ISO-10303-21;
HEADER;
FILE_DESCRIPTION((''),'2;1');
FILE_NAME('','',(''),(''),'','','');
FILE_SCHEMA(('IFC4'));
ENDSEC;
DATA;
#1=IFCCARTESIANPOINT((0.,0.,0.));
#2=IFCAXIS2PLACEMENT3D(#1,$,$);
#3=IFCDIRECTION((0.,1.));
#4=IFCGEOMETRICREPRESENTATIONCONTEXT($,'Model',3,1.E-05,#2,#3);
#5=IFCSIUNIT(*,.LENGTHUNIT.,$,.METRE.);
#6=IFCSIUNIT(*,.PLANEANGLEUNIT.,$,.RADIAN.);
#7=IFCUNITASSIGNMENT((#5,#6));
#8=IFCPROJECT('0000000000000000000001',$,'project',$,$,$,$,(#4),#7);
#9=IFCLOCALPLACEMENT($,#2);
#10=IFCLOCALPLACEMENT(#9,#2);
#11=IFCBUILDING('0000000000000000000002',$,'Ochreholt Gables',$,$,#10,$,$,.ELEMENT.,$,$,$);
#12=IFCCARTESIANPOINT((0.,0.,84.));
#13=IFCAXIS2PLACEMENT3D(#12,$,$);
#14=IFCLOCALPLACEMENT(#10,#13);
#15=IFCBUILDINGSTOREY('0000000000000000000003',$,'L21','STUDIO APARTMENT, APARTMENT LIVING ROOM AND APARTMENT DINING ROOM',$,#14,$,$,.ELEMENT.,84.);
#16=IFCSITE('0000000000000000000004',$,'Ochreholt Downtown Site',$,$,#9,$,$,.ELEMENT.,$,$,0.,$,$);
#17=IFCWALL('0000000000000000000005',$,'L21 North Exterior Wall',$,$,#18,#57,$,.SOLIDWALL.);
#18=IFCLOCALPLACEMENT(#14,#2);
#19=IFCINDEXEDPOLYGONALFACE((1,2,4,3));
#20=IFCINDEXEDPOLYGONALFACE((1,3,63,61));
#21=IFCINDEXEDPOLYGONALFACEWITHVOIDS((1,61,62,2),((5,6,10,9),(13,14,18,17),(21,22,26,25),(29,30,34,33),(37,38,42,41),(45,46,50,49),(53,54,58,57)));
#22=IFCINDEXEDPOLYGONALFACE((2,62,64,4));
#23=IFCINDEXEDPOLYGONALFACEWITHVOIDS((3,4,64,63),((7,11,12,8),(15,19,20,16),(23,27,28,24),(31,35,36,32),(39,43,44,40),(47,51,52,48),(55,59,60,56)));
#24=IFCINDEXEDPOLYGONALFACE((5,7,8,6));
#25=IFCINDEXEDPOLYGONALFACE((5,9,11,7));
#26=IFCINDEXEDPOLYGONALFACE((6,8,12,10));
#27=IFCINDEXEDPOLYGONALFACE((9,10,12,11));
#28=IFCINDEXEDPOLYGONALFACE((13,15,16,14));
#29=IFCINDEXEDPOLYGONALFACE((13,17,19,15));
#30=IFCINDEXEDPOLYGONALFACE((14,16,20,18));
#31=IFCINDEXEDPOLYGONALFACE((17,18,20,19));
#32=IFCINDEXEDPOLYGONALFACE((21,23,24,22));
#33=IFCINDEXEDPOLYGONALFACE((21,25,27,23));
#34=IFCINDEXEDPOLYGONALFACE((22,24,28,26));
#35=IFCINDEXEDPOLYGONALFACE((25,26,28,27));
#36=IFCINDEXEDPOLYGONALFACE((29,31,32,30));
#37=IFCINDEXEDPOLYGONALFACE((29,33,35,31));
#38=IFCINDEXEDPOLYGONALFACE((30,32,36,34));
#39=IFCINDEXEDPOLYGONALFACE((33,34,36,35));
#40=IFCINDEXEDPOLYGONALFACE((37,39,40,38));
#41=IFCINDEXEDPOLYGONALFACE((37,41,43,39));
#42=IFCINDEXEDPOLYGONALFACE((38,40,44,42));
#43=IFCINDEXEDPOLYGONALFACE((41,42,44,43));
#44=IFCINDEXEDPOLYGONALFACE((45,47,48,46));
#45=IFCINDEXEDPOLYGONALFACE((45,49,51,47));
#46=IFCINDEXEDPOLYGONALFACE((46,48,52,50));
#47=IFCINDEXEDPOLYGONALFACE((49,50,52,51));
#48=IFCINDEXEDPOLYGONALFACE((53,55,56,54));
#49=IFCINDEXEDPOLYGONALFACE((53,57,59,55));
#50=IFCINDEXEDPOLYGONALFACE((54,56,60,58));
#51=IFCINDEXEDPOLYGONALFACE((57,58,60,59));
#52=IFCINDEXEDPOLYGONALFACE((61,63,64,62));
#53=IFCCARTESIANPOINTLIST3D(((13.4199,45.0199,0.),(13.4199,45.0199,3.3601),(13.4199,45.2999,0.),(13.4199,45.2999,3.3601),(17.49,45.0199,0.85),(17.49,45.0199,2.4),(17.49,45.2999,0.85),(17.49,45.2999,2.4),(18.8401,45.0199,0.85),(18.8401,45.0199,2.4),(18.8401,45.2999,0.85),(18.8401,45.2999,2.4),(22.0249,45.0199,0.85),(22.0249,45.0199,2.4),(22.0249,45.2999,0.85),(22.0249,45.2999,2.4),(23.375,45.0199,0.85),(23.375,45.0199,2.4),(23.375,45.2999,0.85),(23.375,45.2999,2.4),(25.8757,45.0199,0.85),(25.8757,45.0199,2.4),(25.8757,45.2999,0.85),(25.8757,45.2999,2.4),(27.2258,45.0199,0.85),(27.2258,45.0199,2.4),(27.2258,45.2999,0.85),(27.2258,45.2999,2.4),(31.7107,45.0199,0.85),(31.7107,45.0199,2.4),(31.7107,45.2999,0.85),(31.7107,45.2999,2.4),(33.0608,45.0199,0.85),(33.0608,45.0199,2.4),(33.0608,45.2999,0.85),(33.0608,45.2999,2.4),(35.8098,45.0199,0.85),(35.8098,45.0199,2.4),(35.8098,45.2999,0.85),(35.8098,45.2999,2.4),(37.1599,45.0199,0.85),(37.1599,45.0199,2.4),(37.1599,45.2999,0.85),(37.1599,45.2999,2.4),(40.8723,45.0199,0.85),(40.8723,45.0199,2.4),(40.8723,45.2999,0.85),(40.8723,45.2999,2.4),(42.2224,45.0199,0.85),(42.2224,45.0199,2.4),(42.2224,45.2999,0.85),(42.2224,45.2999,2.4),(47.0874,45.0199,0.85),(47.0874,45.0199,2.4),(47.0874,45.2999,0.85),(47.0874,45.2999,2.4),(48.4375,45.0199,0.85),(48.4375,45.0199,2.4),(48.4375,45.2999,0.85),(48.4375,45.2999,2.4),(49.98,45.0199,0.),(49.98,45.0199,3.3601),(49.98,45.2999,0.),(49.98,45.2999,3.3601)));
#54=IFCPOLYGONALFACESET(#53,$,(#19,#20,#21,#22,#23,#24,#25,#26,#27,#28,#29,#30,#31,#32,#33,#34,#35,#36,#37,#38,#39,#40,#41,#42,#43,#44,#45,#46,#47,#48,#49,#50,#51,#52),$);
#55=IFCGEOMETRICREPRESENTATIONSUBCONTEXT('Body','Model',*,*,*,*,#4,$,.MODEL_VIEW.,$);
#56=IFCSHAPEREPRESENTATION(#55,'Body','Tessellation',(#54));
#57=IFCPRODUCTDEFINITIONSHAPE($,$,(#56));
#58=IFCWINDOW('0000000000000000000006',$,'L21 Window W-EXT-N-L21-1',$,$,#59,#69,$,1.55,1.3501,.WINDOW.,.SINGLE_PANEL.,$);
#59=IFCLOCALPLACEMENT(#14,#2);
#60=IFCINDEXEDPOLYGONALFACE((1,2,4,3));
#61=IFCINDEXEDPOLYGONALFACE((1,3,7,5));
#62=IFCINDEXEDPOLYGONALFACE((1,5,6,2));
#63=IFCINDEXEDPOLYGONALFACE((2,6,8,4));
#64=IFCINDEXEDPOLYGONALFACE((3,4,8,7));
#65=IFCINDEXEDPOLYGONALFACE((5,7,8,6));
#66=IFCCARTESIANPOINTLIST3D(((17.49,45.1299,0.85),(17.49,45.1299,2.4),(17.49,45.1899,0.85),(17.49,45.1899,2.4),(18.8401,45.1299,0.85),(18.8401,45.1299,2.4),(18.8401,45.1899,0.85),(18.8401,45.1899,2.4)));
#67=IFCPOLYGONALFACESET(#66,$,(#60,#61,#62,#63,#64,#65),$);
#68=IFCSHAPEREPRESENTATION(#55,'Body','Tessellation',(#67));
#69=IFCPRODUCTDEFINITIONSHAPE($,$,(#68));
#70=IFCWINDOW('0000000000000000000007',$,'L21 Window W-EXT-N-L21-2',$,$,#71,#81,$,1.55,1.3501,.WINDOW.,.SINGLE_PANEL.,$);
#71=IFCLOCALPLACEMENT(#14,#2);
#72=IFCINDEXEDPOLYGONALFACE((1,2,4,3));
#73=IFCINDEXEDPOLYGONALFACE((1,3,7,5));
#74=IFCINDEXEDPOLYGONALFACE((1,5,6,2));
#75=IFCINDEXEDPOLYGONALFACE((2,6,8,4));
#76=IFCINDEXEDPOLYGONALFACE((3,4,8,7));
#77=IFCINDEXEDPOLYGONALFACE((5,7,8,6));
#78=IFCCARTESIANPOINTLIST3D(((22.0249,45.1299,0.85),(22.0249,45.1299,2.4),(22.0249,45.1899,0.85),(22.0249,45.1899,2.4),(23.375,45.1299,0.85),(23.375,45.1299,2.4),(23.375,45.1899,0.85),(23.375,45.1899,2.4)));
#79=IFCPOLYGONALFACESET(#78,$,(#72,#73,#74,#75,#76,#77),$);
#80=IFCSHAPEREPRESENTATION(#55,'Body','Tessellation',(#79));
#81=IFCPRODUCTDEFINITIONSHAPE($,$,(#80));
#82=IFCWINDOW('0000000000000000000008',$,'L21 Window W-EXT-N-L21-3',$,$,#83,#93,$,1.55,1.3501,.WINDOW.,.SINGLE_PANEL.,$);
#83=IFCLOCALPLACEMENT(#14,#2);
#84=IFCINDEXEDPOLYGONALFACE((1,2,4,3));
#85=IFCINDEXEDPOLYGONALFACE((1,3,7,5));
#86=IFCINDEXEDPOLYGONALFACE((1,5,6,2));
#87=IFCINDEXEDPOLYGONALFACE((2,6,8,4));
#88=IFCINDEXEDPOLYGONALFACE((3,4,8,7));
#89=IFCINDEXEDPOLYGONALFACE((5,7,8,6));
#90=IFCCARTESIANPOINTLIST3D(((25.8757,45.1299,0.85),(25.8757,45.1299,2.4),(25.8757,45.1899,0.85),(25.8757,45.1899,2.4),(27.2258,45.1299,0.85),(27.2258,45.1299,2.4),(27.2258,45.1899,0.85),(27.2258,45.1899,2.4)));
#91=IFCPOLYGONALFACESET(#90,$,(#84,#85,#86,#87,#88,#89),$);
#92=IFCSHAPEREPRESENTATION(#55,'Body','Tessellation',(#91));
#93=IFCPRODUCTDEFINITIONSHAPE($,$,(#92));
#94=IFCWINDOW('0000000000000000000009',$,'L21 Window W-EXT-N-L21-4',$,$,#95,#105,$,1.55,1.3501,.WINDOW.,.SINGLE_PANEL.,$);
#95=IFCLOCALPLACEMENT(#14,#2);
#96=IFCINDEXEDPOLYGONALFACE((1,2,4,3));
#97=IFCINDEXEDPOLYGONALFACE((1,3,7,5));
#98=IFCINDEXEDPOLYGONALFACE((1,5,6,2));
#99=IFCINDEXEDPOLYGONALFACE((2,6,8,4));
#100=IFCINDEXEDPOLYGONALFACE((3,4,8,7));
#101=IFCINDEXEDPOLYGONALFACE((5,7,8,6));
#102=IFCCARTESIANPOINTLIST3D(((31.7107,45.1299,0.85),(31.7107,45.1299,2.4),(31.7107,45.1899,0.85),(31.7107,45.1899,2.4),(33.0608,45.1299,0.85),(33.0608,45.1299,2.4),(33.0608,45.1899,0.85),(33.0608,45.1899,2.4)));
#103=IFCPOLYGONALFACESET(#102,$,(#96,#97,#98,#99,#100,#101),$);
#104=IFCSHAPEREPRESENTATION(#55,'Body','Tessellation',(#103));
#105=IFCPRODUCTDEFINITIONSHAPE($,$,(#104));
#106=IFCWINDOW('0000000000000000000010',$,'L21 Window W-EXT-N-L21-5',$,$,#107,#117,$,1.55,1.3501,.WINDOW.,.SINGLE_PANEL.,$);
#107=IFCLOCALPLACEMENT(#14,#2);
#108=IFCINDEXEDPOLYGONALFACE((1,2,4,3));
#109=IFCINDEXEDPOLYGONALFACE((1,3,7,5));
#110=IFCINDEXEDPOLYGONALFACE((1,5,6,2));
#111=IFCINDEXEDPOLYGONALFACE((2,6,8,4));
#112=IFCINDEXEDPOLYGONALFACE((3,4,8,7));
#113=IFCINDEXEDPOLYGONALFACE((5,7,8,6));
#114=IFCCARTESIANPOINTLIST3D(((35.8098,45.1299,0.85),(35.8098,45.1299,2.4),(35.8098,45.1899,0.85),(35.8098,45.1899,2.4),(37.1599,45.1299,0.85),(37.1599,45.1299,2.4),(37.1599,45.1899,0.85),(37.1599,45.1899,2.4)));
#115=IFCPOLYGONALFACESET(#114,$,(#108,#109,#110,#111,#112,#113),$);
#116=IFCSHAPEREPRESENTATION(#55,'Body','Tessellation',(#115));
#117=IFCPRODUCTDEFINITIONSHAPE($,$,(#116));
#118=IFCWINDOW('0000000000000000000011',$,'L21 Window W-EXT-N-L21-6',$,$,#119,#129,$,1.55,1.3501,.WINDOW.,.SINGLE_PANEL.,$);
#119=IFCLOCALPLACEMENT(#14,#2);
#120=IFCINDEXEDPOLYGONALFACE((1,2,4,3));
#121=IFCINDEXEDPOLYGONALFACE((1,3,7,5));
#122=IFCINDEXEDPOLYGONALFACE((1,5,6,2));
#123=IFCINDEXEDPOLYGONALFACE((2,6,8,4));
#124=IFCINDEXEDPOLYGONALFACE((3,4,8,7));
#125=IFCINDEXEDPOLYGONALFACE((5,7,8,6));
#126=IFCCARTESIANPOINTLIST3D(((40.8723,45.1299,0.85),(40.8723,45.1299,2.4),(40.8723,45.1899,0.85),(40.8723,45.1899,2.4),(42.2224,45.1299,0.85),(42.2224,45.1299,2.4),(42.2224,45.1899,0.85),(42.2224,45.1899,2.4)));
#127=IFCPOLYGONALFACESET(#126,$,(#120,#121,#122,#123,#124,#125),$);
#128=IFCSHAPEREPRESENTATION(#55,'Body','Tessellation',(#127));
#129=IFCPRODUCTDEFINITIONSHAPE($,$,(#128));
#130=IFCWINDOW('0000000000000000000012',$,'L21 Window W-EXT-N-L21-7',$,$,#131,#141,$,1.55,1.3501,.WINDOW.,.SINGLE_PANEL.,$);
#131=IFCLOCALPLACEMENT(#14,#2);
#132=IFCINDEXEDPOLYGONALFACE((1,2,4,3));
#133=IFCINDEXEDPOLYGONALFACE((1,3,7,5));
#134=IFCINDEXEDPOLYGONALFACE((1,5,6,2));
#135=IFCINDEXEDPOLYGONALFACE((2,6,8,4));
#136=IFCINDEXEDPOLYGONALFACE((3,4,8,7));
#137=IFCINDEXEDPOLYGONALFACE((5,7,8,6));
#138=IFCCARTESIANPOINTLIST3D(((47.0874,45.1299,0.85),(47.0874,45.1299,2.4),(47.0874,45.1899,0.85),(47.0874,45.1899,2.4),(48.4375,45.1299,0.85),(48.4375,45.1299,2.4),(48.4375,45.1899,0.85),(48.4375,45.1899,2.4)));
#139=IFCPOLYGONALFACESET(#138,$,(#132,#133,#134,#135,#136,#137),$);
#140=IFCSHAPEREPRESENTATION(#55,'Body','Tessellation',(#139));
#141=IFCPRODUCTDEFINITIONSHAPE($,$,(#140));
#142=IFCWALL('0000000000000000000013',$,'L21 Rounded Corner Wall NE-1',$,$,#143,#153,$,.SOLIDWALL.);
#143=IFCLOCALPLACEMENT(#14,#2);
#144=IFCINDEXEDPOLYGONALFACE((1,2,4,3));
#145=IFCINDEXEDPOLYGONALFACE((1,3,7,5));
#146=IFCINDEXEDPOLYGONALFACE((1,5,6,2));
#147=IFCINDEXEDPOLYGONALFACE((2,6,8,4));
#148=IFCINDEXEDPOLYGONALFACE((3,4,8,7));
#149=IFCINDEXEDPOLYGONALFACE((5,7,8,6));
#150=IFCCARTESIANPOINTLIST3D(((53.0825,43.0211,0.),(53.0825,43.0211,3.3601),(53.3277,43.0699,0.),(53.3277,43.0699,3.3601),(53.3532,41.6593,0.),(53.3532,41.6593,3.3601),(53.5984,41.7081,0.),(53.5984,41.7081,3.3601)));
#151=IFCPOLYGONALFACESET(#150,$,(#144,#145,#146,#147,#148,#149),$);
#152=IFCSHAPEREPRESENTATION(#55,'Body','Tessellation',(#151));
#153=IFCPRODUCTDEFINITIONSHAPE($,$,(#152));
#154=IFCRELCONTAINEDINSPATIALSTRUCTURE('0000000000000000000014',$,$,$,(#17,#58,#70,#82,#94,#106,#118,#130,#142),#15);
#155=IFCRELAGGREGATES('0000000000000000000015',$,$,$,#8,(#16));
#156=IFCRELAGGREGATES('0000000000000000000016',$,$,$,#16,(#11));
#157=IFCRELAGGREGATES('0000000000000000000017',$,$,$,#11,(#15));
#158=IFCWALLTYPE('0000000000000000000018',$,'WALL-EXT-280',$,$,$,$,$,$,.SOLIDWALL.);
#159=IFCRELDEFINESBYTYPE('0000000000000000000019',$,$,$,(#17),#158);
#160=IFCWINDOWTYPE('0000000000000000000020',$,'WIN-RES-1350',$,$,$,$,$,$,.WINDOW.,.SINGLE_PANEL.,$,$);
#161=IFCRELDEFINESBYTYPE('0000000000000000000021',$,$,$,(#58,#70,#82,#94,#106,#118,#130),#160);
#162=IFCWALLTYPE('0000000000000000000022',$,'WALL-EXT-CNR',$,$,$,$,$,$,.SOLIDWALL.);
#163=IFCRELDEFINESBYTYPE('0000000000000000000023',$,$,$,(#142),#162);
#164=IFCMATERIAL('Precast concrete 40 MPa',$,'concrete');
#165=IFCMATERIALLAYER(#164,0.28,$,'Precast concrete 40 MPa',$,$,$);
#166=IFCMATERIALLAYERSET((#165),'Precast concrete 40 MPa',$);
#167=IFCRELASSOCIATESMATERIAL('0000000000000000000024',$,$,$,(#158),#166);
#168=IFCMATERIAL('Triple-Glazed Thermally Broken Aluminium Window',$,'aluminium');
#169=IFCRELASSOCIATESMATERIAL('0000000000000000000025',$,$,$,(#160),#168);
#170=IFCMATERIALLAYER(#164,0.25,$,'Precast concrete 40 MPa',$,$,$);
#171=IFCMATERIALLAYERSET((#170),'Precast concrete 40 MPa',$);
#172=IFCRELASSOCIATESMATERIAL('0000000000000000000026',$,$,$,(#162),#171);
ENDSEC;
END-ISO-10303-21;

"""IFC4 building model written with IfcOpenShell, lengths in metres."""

from ifc_helpers import new_model, si_unit, direction, frame, frame_2d, origin, place, context, subcontext, project, spatial, rectangle, extrude, material, layer, layer_set, type_object, element, fill, save


model = new_model("IFC4")

# Units and contexts
model_context = context("Model", 3, precision=1e-05, world=origin(), true_north=direction((0.0, 1.0)))
body_context = subcontext(model_context, "Body", "Model", "MODEL_VIEW")
ifc_project = project(units=[si_unit("LENGTHUNIT", "METRE"), si_unit("PLANEANGLEUNIT", "RADIAN")], contexts=[model_context])

# Site, building, storey
site_placement = place(None, origin())
site = spatial("IfcSite", under=ifc_project, at=site_placement, Name="Ochreholt Downtown Site", CompositionType="ELEMENT", RefElevation=0.0)
building_placement = place(site_placement, origin())
building = spatial("IfcBuilding", under=site, at=building_placement, Name="Ochreholt Gables", CompositionType="ELEMENT")
storey_placement = place(building_placement, frame((0.0, 0.0, 84.0)))
storey = spatial("IfcBuildingStorey", under=building, at=storey_placement, Name="L21", Description="STUDIO APARTMENT, APARTMENT LIVING ROOM AND APARTMENT DINING ROOM", CompositionType="ELEMENT", Elevation=84.0)

# Wall, openings, windows
ifc_material_1 = material(Name="Precast concrete 40 MPa", Category="concrete")
ifc_layer_1 = layer(ifc_material_1, 0.28, Name="Precast concrete 40 MPa")
ifc_layer_set_1 = layer_set([ifc_layer_1], Name="Precast concrete 40 MPa")
wall_type_1 = type_object("IfcWallType", Name="WALL-EXT-280", PredefinedType="SOLIDWALL", material=ifc_layer_set_1)
wall_1_placement = place(storey_placement, frame((49.98, 45.1599, 0.0), z_axis=(0.0, 0.0, 1.0), x_axis=(-1.0, 0.0, 0.0)))
wall_1 = element("IfcWall", 1, at=wall_1_placement, inside=storey, type_object=wall_type_1, Name="L21 North Exterior Wall", PredefinedType="SOLIDWALL", context=body_context, shape_type="SweptSolid", body=[
    extrude(rectangle(XDim=36.5601, YDim=0.28, at=frame_2d((18.28, 0.0))), origin(), (0.0, 0.0, 1.0), 3.3601),
])
opening_1_placement = place(wall_1_placement, frame((31.1399, 0.0, 0.8501)))
opening_1 = element("IfcOpeningElement", 2, at=opening_1_placement, cuts=wall_1, PredefinedType="OPENING", context=body_context, shape_type="SweptSolid", body=[
    extrude(rectangle(XDim=1.3501, YDim=1.55, at=frame_2d((0.675, 0.7749))), frame((0.0, 0.1499, 0.0), z_axis=(0.0, -1.0, 0.0), x_axis=(1.0, 0.0, 0.0)), (0.0, 0.0, 1.0), 0.3),
])
opening_2_placement = place(wall_1_placement, frame((26.605, 0.0, 0.8501)))
opening_2 = element("IfcOpeningElement", 3, at=opening_2_placement, cuts=wall_1, PredefinedType="OPENING", context=body_context, shape_type="SweptSolid", body=[
    extrude(rectangle(XDim=1.3501, YDim=1.55, at=frame_2d((0.675, 0.7749))), frame((0.0, 0.1499, 0.0), z_axis=(0.0, -1.0, 0.0), x_axis=(1.0, 0.0, 0.0)), (0.0, 0.0, 1.0), 0.3),
])
opening_3_placement = place(wall_1_placement, frame((22.7542, 0.0, 0.8501)))
opening_3 = element("IfcOpeningElement", 4, at=opening_3_placement, cuts=wall_1, PredefinedType="OPENING", context=body_context, shape_type="SweptSolid", body=[
    extrude(rectangle(XDim=1.3501, YDim=1.55, at=frame_2d((0.675, 0.7749))), frame((0.0, 0.1499, 0.0), z_axis=(0.0, -1.0, 0.0), x_axis=(1.0, 0.0, 0.0)), (0.0, 0.0, 1.0), 0.3),
])
opening_4_placement = place(wall_1_placement, frame((16.9192, 0.0, 0.8501)))
opening_4 = element("IfcOpeningElement", 5, at=opening_4_placement, cuts=wall_1, PredefinedType="OPENING", context=body_context, shape_type="SweptSolid", body=[
    extrude(rectangle(XDim=1.3501, YDim=1.55, at=frame_2d((0.675, 0.7749))), frame((0.0, 0.1499, 0.0), z_axis=(0.0, -1.0, 0.0), x_axis=(1.0, 0.0, 0.0)), (0.0, 0.0, 1.0), 0.3),
])
opening_5_placement = place(wall_1_placement, frame((12.8201, 0.0, 0.8501)))
opening_5 = element("IfcOpeningElement", 6, at=opening_5_placement, cuts=wall_1, PredefinedType="OPENING", context=body_context, shape_type="SweptSolid", body=[
    extrude(rectangle(XDim=1.3501, YDim=1.55, at=frame_2d((0.675, 0.7749))), frame((0.0, 0.1499, 0.0), z_axis=(0.0, -1.0, 0.0), x_axis=(1.0, 0.0, 0.0)), (0.0, 0.0, 1.0), 0.3),
])
opening_6_placement = place(wall_1_placement, frame((7.7576, 0.0, 0.8501)))
opening_6 = element("IfcOpeningElement", 7, at=opening_6_placement, cuts=wall_1, PredefinedType="OPENING", context=body_context, shape_type="SweptSolid", body=[
    extrude(rectangle(XDim=1.3501, YDim=1.55, at=frame_2d((0.675, 0.7749))), frame((0.0, 0.1499, 0.0), z_axis=(0.0, -1.0, 0.0), x_axis=(1.0, 0.0, 0.0)), (0.0, 0.0, 1.0), 0.3),
])
opening_7_placement = place(wall_1_placement, frame((1.5425, 0.0, 0.8501)))
opening_7 = element("IfcOpeningElement", 8, at=opening_7_placement, cuts=wall_1, PredefinedType="OPENING", context=body_context, shape_type="SweptSolid", body=[
    extrude(rectangle(XDim=1.3501, YDim=1.55, at=frame_2d((0.675, 0.7749))), frame((0.0, 0.1499, 0.0), z_axis=(0.0, -1.0, 0.0), x_axis=(1.0, 0.0, 0.0)), (0.0, 0.0, 1.0), 0.3),
])
ifc_material_2 = material(Name="Triple-Glazed Thermally Broken Aluminium Window", Category="aluminium")
window_type_1 = type_object("IfcWindowType", Name="WIN-RES-1350", PartitioningType="SINGLE_PANEL", PredefinedType="WINDOW", material=ifc_material_2)
window_1_placement = place(opening_1_placement, origin())
window_1 = element("IfcWindow", 9, at=window_1_placement, inside=storey, type_object=window_type_1, Name="L21 Window W-EXT-N-L21-1", OverallHeight=1.55, OverallWidth=1.3501, PartitioningType="SINGLE_PANEL", PredefinedType="WINDOW", context=body_context, shape_type="SweptSolid", body=[
    extrude(rectangle(XDim=1.3501, YDim=1.55, at=frame_2d((0.675, 0.7749))), frame((0.0, 0.03, 0.0), z_axis=(0.0, -1.0, 0.0), x_axis=(1.0, 0.0, 0.0)), (0.0, 0.0, 1.0), 0.0601),
])
fill(opening_1, window_1)
window_2_placement = place(opening_2_placement, origin())
window_2 = element("IfcWindow", 10, at=window_2_placement, inside=storey, type_object=window_type_1, Name="L21 Window W-EXT-N-L21-2", OverallHeight=1.55, OverallWidth=1.3501, PartitioningType="SINGLE_PANEL", PredefinedType="WINDOW", context=body_context, shape_type="SweptSolid", body=[
    extrude(rectangle(XDim=1.3501, YDim=1.55, at=frame_2d((0.675, 0.7749))), frame((0.0, 0.03, 0.0), z_axis=(0.0, -1.0, 0.0), x_axis=(1.0, 0.0, 0.0)), (0.0, 0.0, 1.0), 0.0601),
])
fill(opening_2, window_2)
window_3_placement = place(opening_3_placement, origin())
window_3 = element("IfcWindow", 11, at=window_3_placement, inside=storey, type_object=window_type_1, Name="L21 Window W-EXT-N-L21-3", OverallHeight=1.55, OverallWidth=1.3501, PartitioningType="SINGLE_PANEL", PredefinedType="WINDOW", context=body_context, shape_type="SweptSolid", body=[
    extrude(rectangle(XDim=1.3501, YDim=1.55, at=frame_2d((0.675, 0.7749))), frame((0.0, 0.03, 0.0), z_axis=(0.0, -1.0, 0.0), x_axis=(1.0, 0.0, 0.0)), (0.0, 0.0, 1.0), 0.0601),
])
fill(opening_3, window_3)
window_4_placement = place(opening_4_placement, origin())
window_4 = element("IfcWindow", 12, at=window_4_placement, inside=storey, type_object=window_type_1, Name="L21 Window W-EXT-N-L21-4", OverallHeight=1.55, OverallWidth=1.3501, PartitioningType="SINGLE_PANEL", PredefinedType="WINDOW", context=body_context, shape_type="SweptSolid", body=[
    extrude(rectangle(XDim=1.3501, YDim=1.55, at=frame_2d((0.675, 0.7749))), frame((0.0, 0.03, 0.0), z_axis=(0.0, -1.0, 0.0), x_axis=(1.0, 0.0, 0.0)), (0.0, 0.0, 1.0), 0.0601),
])
fill(opening_4, window_4)
window_5_placement = place(opening_5_placement, origin())
window_5 = element("IfcWindow", 13, at=window_5_placement, inside=storey, type_object=window_type_1, Name="L21 Window W-EXT-N-L21-5", OverallHeight=1.55, OverallWidth=1.3501, PartitioningType="SINGLE_PANEL", PredefinedType="WINDOW", context=body_context, shape_type="SweptSolid", body=[
    extrude(rectangle(XDim=1.3501, YDim=1.55, at=frame_2d((0.675, 0.7749))), frame((0.0, 0.03, 0.0), z_axis=(0.0, -1.0, 0.0), x_axis=(1.0, 0.0, 0.0)), (0.0, 0.0, 1.0), 0.0601),
])
fill(opening_5, window_5)
window_6_placement = place(opening_6_placement, origin())
window_6 = element("IfcWindow", 14, at=window_6_placement, inside=storey, type_object=window_type_1, Name="L21 Window W-EXT-N-L21-6", OverallHeight=1.55, OverallWidth=1.3501, PartitioningType="SINGLE_PANEL", PredefinedType="WINDOW", context=body_context, shape_type="SweptSolid", body=[
    extrude(rectangle(XDim=1.3501, YDim=1.55, at=frame_2d((0.675, 0.7749))), frame((0.0, 0.03, 0.0), z_axis=(0.0, -1.0, 0.0), x_axis=(1.0, 0.0, 0.0)), (0.0, 0.0, 1.0), 0.0601),
])
fill(opening_6, window_6)
window_7_placement = place(opening_7_placement, origin())
window_7 = element("IfcWindow", 15, at=window_7_placement, inside=storey, type_object=window_type_1, Name="L21 Window W-EXT-N-L21-7", OverallHeight=1.55, OverallWidth=1.3501, PartitioningType="SINGLE_PANEL", PredefinedType="WINDOW", context=body_context, shape_type="SweptSolid", body=[
    extrude(rectangle(XDim=1.3501, YDim=1.55, at=frame_2d((0.675, 0.7749))), frame((0.0, 0.03, 0.0), z_axis=(0.0, -1.0, 0.0), x_axis=(1.0, 0.0, 0.0)), (0.0, 0.0, 1.0), 0.0601),
])
fill(opening_7, window_7)

# Wall
ifc_layer_2 = layer(ifc_material_1, 0.25, Name="Precast concrete 40 MPa")
ifc_layer_set_2 = layer_set([ifc_layer_2], Name="Precast concrete 40 MPa")
wall_type_2 = type_object("IfcWallType", Name="WALL-EXT-CNR", PredefinedType="SOLIDWALL", material=ifc_layer_set_2)
wall_2_placement = place(storey_placement, frame((53.4758, 41.6836, 0.0), z_axis=(0.0, 0.0, 1.0), x_axis=(-0.195, 0.980803, 0.0)))
element("IfcWall", 16, at=wall_2_placement, inside=storey, type_object=wall_type_2, Name="L21 Rounded Corner Wall NE-1", PredefinedType="SOLIDWALL", context=body_context, shape_type="SweptSolid", body=[
    extrude(rectangle(XDim=1.3884, YDim=0.25, at=frame_2d((0.6943, 0.0))), origin(), (0.0, 0.0, 1.0), 3.3601),
])

save(model, "model.ifc")
